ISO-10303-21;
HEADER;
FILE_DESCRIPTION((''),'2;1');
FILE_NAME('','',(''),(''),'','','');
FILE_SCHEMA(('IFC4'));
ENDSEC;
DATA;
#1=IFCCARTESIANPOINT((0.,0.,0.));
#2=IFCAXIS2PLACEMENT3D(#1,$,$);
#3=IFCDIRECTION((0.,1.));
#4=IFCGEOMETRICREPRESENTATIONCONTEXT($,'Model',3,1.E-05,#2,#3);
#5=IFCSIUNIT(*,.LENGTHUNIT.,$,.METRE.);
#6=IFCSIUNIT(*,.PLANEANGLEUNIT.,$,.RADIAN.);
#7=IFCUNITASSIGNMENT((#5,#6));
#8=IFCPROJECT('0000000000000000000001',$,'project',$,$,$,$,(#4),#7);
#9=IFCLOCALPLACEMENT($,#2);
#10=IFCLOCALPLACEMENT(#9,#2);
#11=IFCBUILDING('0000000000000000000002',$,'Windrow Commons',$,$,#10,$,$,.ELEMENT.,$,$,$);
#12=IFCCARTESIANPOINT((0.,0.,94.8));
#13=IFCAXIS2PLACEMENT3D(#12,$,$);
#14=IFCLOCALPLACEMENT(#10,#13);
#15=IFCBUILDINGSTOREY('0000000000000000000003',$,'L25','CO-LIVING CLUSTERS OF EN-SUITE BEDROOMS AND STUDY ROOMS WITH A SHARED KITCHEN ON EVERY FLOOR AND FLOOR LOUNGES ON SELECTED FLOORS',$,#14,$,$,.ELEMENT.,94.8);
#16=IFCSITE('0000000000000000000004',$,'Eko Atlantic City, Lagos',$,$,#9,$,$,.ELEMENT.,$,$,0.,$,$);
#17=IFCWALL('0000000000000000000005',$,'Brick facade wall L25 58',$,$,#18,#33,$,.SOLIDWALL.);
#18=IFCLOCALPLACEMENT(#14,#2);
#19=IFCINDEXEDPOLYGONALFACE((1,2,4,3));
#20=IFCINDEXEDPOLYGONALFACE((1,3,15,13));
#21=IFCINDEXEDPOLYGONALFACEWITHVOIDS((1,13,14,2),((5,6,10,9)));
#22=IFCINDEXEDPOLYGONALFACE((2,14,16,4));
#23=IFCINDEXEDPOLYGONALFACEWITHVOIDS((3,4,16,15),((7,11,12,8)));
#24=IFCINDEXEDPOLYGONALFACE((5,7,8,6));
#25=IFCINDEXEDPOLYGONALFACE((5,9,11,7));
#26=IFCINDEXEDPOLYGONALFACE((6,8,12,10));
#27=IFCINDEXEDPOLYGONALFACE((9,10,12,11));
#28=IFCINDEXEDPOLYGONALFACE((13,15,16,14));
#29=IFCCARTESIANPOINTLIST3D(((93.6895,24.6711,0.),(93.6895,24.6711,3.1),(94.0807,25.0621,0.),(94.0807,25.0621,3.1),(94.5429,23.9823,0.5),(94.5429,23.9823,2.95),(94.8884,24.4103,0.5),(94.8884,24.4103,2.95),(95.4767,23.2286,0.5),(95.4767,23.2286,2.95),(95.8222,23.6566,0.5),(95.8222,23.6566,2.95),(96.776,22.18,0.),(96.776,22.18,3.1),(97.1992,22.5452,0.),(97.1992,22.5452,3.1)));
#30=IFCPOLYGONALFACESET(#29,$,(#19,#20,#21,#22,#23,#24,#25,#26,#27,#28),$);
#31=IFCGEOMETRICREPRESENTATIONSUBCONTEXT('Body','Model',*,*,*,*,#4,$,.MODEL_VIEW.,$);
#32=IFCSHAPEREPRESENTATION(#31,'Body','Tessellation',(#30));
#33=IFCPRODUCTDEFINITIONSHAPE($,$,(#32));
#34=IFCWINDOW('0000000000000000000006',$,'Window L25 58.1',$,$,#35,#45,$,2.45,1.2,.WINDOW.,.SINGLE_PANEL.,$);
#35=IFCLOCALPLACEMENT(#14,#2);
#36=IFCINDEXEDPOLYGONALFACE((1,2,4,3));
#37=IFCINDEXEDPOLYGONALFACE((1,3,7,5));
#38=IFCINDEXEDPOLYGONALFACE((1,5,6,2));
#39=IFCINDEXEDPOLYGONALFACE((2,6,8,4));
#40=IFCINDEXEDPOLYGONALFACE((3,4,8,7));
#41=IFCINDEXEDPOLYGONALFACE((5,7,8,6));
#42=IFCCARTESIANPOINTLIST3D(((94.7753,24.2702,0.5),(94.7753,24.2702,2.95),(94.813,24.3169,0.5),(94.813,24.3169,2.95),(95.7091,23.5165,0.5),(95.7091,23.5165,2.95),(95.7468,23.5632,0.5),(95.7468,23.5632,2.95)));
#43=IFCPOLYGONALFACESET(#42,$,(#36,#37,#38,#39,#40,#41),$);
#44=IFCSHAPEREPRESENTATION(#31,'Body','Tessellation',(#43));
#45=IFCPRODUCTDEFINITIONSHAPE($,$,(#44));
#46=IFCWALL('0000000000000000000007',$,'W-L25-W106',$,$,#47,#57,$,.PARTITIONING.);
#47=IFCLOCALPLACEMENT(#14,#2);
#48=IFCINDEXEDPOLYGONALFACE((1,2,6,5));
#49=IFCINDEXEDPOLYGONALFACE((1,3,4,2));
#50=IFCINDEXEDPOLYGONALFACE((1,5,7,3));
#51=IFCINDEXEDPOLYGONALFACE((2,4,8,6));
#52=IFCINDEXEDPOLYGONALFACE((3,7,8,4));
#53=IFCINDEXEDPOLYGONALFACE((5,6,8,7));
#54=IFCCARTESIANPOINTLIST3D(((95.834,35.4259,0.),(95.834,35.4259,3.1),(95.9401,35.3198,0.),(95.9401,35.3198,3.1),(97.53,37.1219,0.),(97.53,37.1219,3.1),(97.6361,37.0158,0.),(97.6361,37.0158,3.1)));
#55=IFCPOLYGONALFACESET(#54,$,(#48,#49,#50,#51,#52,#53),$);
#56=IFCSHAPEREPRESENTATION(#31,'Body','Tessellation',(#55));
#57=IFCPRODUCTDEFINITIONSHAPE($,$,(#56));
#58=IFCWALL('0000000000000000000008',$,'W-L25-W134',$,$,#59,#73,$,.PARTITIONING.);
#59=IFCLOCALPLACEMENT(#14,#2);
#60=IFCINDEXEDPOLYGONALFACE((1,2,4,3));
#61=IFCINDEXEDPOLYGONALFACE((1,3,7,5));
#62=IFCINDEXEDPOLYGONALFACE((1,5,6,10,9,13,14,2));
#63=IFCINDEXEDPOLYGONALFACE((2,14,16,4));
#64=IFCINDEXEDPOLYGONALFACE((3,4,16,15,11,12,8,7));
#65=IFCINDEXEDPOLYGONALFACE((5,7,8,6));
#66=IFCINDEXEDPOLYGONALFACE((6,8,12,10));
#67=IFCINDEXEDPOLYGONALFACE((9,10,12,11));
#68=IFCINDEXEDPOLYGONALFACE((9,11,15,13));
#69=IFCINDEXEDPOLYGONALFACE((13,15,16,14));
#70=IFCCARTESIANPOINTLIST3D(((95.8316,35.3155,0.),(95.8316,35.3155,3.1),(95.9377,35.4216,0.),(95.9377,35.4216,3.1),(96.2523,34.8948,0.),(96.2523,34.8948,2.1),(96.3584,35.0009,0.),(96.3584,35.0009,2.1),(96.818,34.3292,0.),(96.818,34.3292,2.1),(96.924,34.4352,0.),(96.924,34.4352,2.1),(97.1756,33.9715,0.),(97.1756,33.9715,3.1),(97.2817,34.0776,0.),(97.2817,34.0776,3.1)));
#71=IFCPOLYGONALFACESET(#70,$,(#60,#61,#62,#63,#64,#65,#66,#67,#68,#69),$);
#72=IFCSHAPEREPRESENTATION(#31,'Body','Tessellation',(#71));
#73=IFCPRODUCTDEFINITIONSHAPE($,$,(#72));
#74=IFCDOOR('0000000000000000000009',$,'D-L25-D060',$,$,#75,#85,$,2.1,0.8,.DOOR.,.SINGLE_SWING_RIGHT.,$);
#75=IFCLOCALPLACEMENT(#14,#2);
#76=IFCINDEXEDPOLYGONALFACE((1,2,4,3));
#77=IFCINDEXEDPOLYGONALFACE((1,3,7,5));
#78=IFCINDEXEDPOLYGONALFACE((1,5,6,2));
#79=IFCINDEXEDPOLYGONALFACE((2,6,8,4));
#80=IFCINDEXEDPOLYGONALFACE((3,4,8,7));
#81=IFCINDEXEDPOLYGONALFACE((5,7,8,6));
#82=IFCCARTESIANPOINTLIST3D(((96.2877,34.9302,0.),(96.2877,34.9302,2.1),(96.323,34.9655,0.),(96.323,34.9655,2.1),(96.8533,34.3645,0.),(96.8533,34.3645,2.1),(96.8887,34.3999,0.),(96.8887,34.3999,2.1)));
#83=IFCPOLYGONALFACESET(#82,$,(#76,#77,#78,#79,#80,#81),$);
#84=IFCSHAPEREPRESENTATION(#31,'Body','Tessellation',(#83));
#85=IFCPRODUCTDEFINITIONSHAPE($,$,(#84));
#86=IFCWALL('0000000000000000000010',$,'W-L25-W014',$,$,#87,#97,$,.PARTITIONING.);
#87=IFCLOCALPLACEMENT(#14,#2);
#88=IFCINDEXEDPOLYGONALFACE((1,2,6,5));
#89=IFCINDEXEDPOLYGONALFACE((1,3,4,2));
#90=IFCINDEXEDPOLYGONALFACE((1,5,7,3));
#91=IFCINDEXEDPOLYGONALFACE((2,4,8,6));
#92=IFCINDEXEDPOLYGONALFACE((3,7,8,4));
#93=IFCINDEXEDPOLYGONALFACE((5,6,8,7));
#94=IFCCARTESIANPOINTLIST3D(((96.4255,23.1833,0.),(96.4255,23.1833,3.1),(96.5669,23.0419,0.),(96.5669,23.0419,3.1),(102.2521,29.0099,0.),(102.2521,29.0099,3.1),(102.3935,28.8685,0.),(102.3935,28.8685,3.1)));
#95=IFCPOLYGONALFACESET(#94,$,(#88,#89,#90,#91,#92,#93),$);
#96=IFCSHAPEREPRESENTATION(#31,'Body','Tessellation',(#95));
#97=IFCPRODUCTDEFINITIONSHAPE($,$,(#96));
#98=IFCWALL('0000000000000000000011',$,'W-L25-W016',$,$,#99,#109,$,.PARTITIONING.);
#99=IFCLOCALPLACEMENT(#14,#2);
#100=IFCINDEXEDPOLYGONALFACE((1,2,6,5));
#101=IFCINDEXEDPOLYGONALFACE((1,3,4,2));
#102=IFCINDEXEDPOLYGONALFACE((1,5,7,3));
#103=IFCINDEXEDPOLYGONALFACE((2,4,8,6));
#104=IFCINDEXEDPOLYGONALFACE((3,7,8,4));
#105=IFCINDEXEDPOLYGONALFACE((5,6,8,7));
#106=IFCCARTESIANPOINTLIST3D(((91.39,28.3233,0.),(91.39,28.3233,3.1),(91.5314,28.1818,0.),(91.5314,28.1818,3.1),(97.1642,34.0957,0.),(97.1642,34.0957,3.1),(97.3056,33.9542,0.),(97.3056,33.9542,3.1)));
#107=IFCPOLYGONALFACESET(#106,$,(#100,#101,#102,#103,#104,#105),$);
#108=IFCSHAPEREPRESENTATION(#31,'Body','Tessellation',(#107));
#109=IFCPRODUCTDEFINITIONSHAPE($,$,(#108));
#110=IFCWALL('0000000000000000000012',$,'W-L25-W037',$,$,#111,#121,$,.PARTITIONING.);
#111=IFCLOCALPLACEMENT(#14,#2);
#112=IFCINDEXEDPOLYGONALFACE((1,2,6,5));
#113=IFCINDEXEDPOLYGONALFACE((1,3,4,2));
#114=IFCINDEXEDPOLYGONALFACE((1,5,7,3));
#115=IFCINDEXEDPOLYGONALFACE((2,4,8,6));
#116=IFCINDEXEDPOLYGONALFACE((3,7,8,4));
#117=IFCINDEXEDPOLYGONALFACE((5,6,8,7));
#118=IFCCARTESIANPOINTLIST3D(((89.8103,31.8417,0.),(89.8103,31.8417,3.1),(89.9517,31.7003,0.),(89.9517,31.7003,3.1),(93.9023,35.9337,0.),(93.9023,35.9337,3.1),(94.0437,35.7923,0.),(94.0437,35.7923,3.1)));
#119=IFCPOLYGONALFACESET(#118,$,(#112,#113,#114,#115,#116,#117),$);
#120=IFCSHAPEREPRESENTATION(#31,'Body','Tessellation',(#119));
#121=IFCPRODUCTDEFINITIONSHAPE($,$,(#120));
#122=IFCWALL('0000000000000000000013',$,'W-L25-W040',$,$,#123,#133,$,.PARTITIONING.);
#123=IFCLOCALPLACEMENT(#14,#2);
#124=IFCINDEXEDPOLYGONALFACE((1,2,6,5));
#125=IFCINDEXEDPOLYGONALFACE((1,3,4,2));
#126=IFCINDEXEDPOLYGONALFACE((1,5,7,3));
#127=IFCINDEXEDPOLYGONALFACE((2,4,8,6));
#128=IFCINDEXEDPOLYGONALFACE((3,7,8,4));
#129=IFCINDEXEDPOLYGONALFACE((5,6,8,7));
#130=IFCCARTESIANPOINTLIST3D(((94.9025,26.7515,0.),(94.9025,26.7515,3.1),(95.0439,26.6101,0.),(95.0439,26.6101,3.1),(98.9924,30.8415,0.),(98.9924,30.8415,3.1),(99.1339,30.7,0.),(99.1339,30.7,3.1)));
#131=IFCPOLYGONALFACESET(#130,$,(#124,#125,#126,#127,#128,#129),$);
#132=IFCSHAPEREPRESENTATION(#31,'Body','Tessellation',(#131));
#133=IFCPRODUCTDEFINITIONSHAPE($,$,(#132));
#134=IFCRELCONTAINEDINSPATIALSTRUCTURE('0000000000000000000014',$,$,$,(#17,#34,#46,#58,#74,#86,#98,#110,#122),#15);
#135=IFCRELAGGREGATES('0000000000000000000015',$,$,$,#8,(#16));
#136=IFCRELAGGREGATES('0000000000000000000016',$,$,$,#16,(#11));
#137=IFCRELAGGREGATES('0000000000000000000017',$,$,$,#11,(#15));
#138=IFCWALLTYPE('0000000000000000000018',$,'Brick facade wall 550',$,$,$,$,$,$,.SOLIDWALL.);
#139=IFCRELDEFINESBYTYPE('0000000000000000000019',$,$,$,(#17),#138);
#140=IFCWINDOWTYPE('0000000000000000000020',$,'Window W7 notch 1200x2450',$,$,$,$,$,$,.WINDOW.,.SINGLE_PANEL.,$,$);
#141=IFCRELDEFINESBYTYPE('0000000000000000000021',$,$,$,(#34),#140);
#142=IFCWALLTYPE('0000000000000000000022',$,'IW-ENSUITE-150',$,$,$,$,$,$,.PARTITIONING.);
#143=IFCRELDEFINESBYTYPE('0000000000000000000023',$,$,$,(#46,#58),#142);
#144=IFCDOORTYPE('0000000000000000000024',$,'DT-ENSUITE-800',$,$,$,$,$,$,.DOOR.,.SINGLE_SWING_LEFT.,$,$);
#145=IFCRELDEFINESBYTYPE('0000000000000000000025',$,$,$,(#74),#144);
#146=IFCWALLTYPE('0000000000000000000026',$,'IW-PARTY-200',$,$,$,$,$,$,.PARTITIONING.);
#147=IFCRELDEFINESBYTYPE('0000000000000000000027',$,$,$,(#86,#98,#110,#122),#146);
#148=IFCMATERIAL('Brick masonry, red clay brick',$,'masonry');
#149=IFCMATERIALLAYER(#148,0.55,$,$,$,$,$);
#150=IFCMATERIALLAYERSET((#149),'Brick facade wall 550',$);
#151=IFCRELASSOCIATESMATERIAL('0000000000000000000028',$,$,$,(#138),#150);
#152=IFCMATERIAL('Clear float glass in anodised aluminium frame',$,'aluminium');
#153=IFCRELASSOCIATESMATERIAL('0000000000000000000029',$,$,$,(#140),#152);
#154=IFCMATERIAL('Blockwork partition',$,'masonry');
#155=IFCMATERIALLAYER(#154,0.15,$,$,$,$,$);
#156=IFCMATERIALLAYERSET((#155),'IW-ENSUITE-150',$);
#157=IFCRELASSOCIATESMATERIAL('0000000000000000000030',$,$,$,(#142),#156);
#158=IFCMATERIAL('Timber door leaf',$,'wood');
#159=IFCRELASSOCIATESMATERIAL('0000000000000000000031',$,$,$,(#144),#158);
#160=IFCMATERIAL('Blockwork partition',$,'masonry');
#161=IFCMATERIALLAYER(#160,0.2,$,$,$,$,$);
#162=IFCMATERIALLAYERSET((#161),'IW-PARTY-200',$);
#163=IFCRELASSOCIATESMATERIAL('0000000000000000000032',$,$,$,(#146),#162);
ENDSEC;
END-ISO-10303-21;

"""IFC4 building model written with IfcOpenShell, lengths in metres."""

from ifc_helpers import new_model, si_unit, direction, frame, frame_2d, origin, place, context, subcontext, project, spatial, polyline, rectangle, outline, extrude, material, layer, layer_set, type_object, element, fill, save


model = new_model("IFC4")

# Units and contexts
model_context = context("Model", 3, precision=1e-05, world=origin(), true_north=direction((0.0, 1.0)))
body_context = subcontext(model_context, "Body", "Model", "MODEL_VIEW")
ifc_project = project(units=[si_unit("LENGTHUNIT", "METRE"), si_unit("PLANEANGLEUNIT", "RADIAN")], contexts=[model_context])

# Site, building, storey
site_placement = place(None, origin())
site = spatial("IfcSite", under=ifc_project, at=site_placement, Name="Eko Atlantic City, Lagos", CompositionType="ELEMENT", RefElevation=0.0)
building_placement = place(site_placement, origin())
building = spatial("IfcBuilding", under=site, at=building_placement, Name="Windrow Commons", CompositionType="ELEMENT")
storey_placement = place(building_placement, frame((0.0, 0.0, 94.8)))
storey = spatial("IfcBuildingStorey", under=building, at=storey_placement, Name="L25", Description="CO-LIVING CLUSTERS OF EN-SUITE BEDROOMS AND STUDY ROOMS WITH A SHARED KITCHEN ON EVERY FLOOR AND FLOOR LOUNGES ON SELECTED FLOORS", CompositionType="ELEMENT", Elevation=94.8)

# Shared definitions
ifc_material_1 = material(Name="Brick masonry, red clay brick", Category="masonry")
ifc_layer_1 = layer(ifc_material_1, 0.55)
ifc_layer_set_1 = layer_set([ifc_layer_1], Name="Brick facade wall 550")
wall_type_1 = type_object("IfcWallType", Name="Brick facade wall 550", PredefinedType="SOLIDWALL", material=ifc_layer_set_1)

# Wall, opening, window
wall_1_placement = place(storey_placement, frame((93.8851, 24.8666, 0.0), z_axis=(0.0, 0.0, 1.0), x_axis=(0.77817, -0.628054, 0.0)))
wall_1 = element("IfcWall", 1, at=wall_1_placement, inside=storey, type_object=wall_type_1, Name="Brick facade wall L25 58", PredefinedType="SOLIDWALL", context=body_context, shape_type="SweptSolid", body=[
    extrude(outline(polyline([(-0.0294, -0.275), (3.9369, -0.275), (4.0369, 0.275), (0.0294, 0.275), (-0.0294, -0.275)])), origin(), (0.0, 0.0, 1.0), 3.1),
])
opening_1_placement = place(wall_1_placement, frame((1.0673, 0.0, 0.5)))
opening_1 = element("IfcOpeningElement", 2, at=opening_1_placement, cuts=wall_1, PredefinedType="OPENING", context=body_context, shape_type="SweptSolid", body=[
    extrude(rectangle(XDim=1.2, YDim=2.45, at=frame_2d((0.6, 1.225))), frame((0.0, 0.285, 0.0), z_axis=(0.0, -1.0, 0.0), x_axis=(1.0, 0.0, 0.0)), (0.0, 0.0, 1.0), 0.57),
])
ifc_material_2 = material(Name="Clear float glass in anodised aluminium frame", Category="aluminium")
window_type_1 = type_object("IfcWindowType", Name="Window W7 notch 1200x2450", PartitioningType="SINGLE_PANEL", PredefinedType="WINDOW", material=ifc_material_2)
window_1_placement = place(opening_1_placement, origin())
window_1 = element("IfcWindow", 3, at=window_1_placement, inside=storey, type_object=window_type_1, Name="Window L25 58.1", OverallHeight=2.45, OverallWidth=1.2, PartitioningType="SINGLE_PANEL", PredefinedType="WINDOW", context=body_context, shape_type="SweptSolid", body=[
    extrude(rectangle(XDim=1.2, YDim=2.45, at=frame_2d((0.6, 1.225))), frame((0.0, 0.155, 0.0), z_axis=(0.0, -1.0, 0.0), x_axis=(1.0, 0.0, 0.0)), (0.0, 0.0, 1.0), 0.06),
])
fill(opening_1, window_1)

# Wall
ifc_material_3 = material(Name="Blockwork partition", Category="masonry")
ifc_layer_2 = layer(ifc_material_3, 0.15)
ifc_layer_set_2 = layer_set([ifc_layer_2], Name="IW-ENSUITE-150")
wall_type_2 = type_object("IfcWallType", Name="IW-ENSUITE-150", PredefinedType="PARTITIONING", material=ifc_layer_set_2)
wall_2_placement = place(storey_placement, frame((95.8871, 35.3729, 0.0), z_axis=(0.0, 0.0, 1.0), x_axis=(0.707107, 0.707107, 0.0)))
element("IfcWall", 4, at=wall_2_placement, inside=storey, type_object=wall_type_2, Name="W-L25-W106", PredefinedType="PARTITIONING", context=body_context, shape_type="SweptSolid", body=[
    extrude(rectangle(XDim=2.3985, YDim=0.15, at=frame_2d((1.1992, 0.0))), origin(), (0.0, 0.0, 1.0), 3.1),
])

# Wall, opening, door
wall_3_placement = place(storey_placement, frame((95.8846, 35.3686, 0.0), z_axis=(0.0, 0.0, 1.0), x_axis=(0.707107, -0.707107, 0.0)))
wall_3 = element("IfcWall", 5, at=wall_3_placement, inside=storey, type_object=wall_type_2, Name="W-L25-W134", PredefinedType="PARTITIONING", context=body_context, shape_type="SweptSolid", body=[
    extrude(rectangle(XDim=1.9007, YDim=0.15, at=frame_2d((0.9504, 0.0))), origin(), (0.0, 0.0, 1.0), 3.1),
])
opening_2_placement = place(wall_3_placement, frame((0.595, 0.0, 0.0)))
opening_2 = element("IfcOpeningElement", 6, at=opening_2_placement, cuts=wall_3, PredefinedType="OPENING", context=body_context, shape_type="SweptSolid", body=[
    extrude(rectangle(XDim=0.8, YDim=2.1, at=frame_2d((0.4, 1.05))), frame((0.0, 0.085, 0.0), z_axis=(0.0, -1.0, 0.0), x_axis=(1.0, 0.0, 0.0)), (0.0, 0.0, 1.0), 0.17),
])
ifc_material_4 = material(Name="Timber door leaf", Category="wood")
door_type = type_object("IfcDoorType", Name="DT-ENSUITE-800", OperationType="SINGLE_SWING_LEFT", PredefinedType="DOOR", material=ifc_material_4)
door_placement = place(opening_2_placement, origin())
door = element("IfcDoor", 7, at=door_placement, inside=storey, type_object=door_type, Name="D-L25-D060", OperationType="SINGLE_SWING_RIGHT", OverallHeight=2.1, OverallWidth=0.8, PredefinedType="DOOR", context=body_context, shape_type="SweptSolid", body=[
    extrude(rectangle(XDim=0.8, YDim=2.1, at=frame_2d((0.4, 1.05))), frame((0.0, 0.025, 0.0), z_axis=(0.0, -1.0, 0.0), x_axis=(1.0, 0.0, 0.0)), (0.0, 0.0, 1.0), 0.05),
])
fill(opening_2, door)

# Walls
ifc_material_5 = material(Name="Blockwork partition", Category="masonry")
ifc_layer_3 = layer(ifc_material_5, 0.2)
ifc_layer_set_3 = layer_set([ifc_layer_3], Name="IW-PARTY-200")
wall_type_3 = type_object("IfcWallType", Name="IW-PARTY-200", PredefinedType="PARTITIONING", material=ifc_layer_set_3)
wall_4_placement = place(storey_placement, frame((96.4962, 23.1126, 0.0), z_axis=(0.0, 0.0, 1.0), x_axis=(0.707107, 0.707107, 0.0)))
element("IfcWall", 8, at=wall_4_placement, inside=storey, type_object=wall_type_3, Name="W-L25-W014", PredefinedType="PARTITIONING", context=body_context, shape_type="SweptSolid", body=[
    extrude(rectangle(XDim=8.2401, YDim=0.2, at=frame_2d((4.12, 0.0))), origin(), (0.0, 0.0, 1.0), 3.1),
])
wall_5_placement = place(storey_placement, frame((91.4607, 28.2526, 0.0), z_axis=(0.0, 0.0, 1.0), x_axis=(0.707223, 0.70699, 0.0)))
element("IfcWall", 9, at=wall_5_placement, inside=storey, type_object=wall_type_3, Name="W-L25-W016", PredefinedType="PARTITIONING", context=body_context, shape_type="SweptSolid", body=[
    extrude(rectangle(XDim=8.1647, YDim=0.2, at=frame_2d((4.0823, 0.0))), origin(), (0.0, 0.0, 1.0), 3.1),
])
wall_6_placement = place(storey_placement, frame((89.881, 31.771, 0.0), z_axis=(0.0, 0.0, 1.0), x_axis=(0.707107, 0.707107, 0.0)))
element("IfcWall", 10, at=wall_6_placement, inside=storey, type_object=wall_type_3, Name="W-L25-W037", PredefinedType="PARTITIONING", context=body_context, shape_type="SweptSolid", body=[
    extrude(rectangle(XDim=5.787, YDim=0.2, at=frame_2d((2.8935, 0.0))), origin(), (0.0, 0.0, 1.0), 3.1),
])
wall_7_placement = place(storey_placement, frame((94.9732, 26.6808, 0.0), z_axis=(0.0, 0.0, 1.0), x_axis=(0.707107, 0.707107, 0.0)))
element("IfcWall", 11, at=wall_7_placement, inside=storey, type_object=wall_type_3, Name="W-L25-W040", PredefinedType="PARTITIONING", context=body_context, shape_type="SweptSolid", body=[
    extrude(rectangle(XDim=5.7841, YDim=0.2, at=frame_2d((2.892, 0.0))), origin(), (0.0, 0.0, 1.0), 3.1),
])

save(model, "model.ifc")
